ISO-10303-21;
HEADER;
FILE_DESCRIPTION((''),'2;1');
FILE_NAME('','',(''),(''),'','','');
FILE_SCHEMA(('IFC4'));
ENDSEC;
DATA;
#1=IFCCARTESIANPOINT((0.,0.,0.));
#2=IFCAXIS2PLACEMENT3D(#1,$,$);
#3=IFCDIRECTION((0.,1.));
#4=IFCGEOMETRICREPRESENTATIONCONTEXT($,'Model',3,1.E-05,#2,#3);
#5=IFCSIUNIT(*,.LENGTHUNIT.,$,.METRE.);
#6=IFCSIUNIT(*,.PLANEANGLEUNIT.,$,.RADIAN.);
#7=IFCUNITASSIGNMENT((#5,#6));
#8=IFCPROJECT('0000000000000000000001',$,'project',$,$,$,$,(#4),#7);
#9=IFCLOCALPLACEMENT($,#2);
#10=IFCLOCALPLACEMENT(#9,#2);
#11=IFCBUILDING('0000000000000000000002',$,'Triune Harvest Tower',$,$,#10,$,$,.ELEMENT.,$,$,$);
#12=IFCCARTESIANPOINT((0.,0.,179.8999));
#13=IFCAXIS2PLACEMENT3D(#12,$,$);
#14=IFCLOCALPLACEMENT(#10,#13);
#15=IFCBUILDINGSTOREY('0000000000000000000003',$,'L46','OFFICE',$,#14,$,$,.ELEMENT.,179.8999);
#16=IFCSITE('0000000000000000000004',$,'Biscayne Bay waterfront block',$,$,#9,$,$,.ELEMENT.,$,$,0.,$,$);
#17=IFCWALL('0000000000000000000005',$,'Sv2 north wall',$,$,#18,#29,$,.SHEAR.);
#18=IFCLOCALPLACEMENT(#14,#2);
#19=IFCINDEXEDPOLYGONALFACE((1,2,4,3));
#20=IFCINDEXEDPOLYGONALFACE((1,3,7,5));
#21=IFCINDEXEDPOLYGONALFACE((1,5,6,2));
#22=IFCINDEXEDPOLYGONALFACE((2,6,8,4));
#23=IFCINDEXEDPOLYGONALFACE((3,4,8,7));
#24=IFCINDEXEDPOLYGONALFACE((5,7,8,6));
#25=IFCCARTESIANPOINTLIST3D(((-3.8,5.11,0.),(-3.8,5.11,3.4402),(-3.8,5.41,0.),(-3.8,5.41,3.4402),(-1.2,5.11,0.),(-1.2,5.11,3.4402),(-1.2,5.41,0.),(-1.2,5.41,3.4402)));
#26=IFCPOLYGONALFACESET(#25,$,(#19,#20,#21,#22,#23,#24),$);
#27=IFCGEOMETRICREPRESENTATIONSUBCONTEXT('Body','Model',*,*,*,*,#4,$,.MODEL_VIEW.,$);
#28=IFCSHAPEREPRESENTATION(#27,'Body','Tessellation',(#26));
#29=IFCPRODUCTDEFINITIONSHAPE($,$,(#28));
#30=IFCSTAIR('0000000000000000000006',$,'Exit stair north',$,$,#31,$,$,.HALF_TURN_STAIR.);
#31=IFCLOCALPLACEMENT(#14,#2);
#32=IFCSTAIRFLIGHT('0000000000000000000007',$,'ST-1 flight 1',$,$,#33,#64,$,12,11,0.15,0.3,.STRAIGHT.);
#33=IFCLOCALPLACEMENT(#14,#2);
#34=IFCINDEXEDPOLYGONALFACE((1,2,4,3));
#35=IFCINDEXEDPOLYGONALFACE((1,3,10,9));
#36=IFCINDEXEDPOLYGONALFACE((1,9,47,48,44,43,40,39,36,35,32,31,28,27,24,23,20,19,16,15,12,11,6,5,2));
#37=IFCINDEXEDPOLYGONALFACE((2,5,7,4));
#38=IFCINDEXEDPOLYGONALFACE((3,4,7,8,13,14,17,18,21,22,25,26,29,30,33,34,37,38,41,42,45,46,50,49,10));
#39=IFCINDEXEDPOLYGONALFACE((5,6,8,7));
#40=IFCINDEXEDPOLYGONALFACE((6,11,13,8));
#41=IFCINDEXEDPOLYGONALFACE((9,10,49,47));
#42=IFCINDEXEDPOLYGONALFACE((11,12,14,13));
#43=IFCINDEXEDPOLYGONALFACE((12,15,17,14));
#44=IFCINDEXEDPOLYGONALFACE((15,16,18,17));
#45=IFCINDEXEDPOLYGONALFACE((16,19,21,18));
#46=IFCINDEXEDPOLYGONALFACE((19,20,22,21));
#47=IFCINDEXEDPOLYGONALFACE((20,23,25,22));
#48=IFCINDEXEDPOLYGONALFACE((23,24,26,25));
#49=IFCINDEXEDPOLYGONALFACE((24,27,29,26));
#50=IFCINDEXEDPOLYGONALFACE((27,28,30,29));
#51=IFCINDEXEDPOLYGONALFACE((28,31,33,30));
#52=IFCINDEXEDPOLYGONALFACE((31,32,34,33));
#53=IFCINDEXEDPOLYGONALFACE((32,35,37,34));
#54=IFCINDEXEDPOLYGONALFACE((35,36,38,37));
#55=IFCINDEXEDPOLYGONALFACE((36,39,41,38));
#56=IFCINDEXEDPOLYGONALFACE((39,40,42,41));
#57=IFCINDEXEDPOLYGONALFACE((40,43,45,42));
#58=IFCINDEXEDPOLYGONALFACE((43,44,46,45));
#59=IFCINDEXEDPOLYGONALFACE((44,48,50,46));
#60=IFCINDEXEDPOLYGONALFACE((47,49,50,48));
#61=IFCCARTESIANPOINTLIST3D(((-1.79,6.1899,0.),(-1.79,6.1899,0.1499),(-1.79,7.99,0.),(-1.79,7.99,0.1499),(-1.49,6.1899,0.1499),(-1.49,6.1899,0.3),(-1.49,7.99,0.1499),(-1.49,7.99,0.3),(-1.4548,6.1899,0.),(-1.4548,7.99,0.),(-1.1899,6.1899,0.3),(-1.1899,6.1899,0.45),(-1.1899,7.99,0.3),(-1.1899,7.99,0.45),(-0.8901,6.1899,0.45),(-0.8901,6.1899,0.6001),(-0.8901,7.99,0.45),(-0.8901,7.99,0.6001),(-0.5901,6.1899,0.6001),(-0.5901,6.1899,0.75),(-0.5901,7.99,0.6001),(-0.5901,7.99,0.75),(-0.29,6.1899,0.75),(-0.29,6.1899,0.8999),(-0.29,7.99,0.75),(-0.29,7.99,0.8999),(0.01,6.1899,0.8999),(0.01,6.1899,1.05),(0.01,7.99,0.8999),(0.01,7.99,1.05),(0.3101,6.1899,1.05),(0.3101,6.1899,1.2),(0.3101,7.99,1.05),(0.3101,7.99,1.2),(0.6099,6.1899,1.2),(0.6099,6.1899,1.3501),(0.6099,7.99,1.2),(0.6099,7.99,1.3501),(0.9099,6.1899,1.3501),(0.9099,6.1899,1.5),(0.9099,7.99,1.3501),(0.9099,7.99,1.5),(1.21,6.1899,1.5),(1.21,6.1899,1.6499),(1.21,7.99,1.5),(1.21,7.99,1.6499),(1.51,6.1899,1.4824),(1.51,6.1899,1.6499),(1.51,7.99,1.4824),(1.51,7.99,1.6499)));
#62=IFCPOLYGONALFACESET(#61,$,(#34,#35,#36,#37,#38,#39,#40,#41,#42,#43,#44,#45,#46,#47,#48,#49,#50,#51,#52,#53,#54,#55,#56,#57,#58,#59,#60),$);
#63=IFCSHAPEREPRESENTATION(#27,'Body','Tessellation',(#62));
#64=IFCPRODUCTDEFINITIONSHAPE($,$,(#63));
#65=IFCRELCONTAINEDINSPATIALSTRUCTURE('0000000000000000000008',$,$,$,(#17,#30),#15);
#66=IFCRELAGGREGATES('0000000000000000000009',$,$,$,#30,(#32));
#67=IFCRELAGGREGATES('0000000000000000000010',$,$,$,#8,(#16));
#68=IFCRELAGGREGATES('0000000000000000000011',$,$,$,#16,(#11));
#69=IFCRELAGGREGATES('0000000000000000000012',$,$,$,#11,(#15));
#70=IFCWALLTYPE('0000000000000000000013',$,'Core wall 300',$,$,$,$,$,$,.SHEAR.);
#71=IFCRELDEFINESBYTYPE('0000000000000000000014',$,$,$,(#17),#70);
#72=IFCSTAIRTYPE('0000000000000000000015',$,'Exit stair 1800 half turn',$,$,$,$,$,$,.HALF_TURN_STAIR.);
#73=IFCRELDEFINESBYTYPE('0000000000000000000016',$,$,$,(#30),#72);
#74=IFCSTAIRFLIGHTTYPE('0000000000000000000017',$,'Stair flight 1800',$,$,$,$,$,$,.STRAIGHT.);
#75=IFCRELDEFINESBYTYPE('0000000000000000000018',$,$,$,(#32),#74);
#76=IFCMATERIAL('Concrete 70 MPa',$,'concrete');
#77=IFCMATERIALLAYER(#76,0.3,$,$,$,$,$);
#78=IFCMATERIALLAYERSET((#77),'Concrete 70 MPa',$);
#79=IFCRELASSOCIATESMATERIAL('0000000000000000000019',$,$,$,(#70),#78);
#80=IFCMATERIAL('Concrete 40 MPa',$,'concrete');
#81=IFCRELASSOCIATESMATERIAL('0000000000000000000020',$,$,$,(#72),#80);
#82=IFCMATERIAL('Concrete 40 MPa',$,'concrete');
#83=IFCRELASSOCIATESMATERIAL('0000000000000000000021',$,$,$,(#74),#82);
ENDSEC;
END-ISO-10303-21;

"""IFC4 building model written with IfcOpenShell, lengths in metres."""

from ifc_helpers import new_model, si_unit, direction, frame, frame_2d, origin, place, context, subcontext, project, spatial, polyline, rectangle, outline, extrude, source, transform, mapped, material, layer, layer_set, type_object, element, aggregate, save


model = new_model("IFC4")

# Units and contexts
model_context = context("Model", 3, precision=1e-05, world=origin(), true_north=direction((0.0, 1.0)))
body_context = subcontext(model_context, "Body", "Model", "MODEL_VIEW")
ifc_project = project(units=[si_unit("LENGTHUNIT", "METRE"), si_unit("PLANEANGLEUNIT", "RADIAN")], contexts=[model_context])

# Site, building, storey
site_placement = place(None, origin())
site = spatial("IfcSite", under=ifc_project, at=site_placement, Name="Biscayne Bay waterfront block", CompositionType="ELEMENT", RefElevation=0.0)
building_placement = place(site_placement, origin())
building = spatial("IfcBuilding", under=site, at=building_placement, Name="Triune Harvest Tower", CompositionType="ELEMENT")
storey_placement = place(building_placement, frame((0.0, 0.0, 179.8999)))
storey = spatial("IfcBuildingStorey", under=building, at=storey_placement, Name="L46", Description="OFFICE", CompositionType="ELEMENT", Elevation=179.8999)

# Shared definitions
ifc_material_1 = material(Name="Concrete 70 MPa", Category="concrete")
ifc_layer_1 = layer(ifc_material_1, 0.3)
ifc_layer_set_1 = layer_set([ifc_layer_1], Name="Concrete 70 MPa")
wall_type_1 = type_object("IfcWallType", Name="Core wall 300", PredefinedType="SHEAR", material=ifc_layer_set_1)

# Wall
shared_shape_1 = source(origin(), body_context, "Body", "SweptSolid", [
    extrude(rectangle(XDim=2.6001, YDim=0.3, at=frame_2d((1.3, 0.0))), origin(), (0.0, 0.0, 1.0), 3.4402),
])
wall_1_placement = place(storey_placement, frame((-3.8, 5.26, 0.0), z_axis=(0.0, 0.0, 1.0), x_axis=(1.0, 0.0, 0.0)))
element("IfcWall", 1, at=wall_1_placement, inside=storey, type_object=wall_type_1, Name="Sv2 north wall", PredefinedType="SHEAR", context=body_context, shape_type="MappedRepresentation", body=[
    mapped(shared_shape_1, transform((0.0, 0.0, 0.0), scale=1.0)),
])

# Stair, stair flight
ifc_material_2 = material(Name="Concrete 40 MPa", Category="concrete")
stair_type = type_object("IfcStairType", Name="Exit stair 1800 half turn", PredefinedType="HALF_TURN_STAIR", material=ifc_material_2)
stair_placement = place(storey_placement, origin())
stair = element("IfcStair", 2, at=stair_placement, inside=storey, type_object=stair_type, Name="Exit stair north", PredefinedType="HALF_TURN_STAIR")
ifc_material_3 = material(Name="Concrete 40 MPa", Category="concrete")
stair_flight_type = type_object("IfcStairFlightType", Name="Stair flight 1800", PredefinedType="STRAIGHT", material=ifc_material_3)
shared_shape_2 = source(origin(), body_context, "Body", "SweptSolid", [
    extrude(outline(polyline([(0.0, 0.0), (0.0, 0.1499), (0.3, 0.1499), (0.3, 0.3), (0.6001, 0.3), (0.6001, 0.45), (0.8999, 0.45), (0.8999, 0.6001), (1.2, 0.6001), (1.2, 0.75), (1.5, 0.75), (1.5, 0.8999), (1.8, 0.8999), (1.8, 1.05), (2.1001, 1.05), (2.1001, 1.2), (2.3999, 1.2), (2.3999, 1.3501), (2.7, 1.3501), (2.7, 1.5), (3.0, 1.5), (3.0, 1.6499), (3.3, 1.6499), (3.3, 1.8), (3.3, 1.4824), (0.3352, 0.0), (0.0, 0.0)])), frame((0.0, 0.8999, 0.0), z_axis=(0.0, -1.0, 0.0), x_axis=(1.0, 0.0, 0.0)), (0.0, 0.0, 1.0), 1.8),
])
stair_flight_placement = place(storey_placement, frame((-1.79, 7.0901, 0.0), z_axis=(0.0, 0.0, 1.0), x_axis=(1.0, 0.0, 0.0)))
stair_flight = element("IfcStairFlight", 3, at=stair_flight_placement, type_object=stair_flight_type, Name="ST-1 flight 1", NumberOfRisers=12, NumberOfTreads=11, PredefinedType="STRAIGHT", RiserHeight=0.15, TreadLength=0.3, context=body_context, shape_type="MappedRepresentation", body=[
    mapped(shared_shape_2, transform((0.0, 0.0, 0.0), scale=1.0)),
])
aggregate(stair, [stair_flight])

save(model, "model.ifc")
